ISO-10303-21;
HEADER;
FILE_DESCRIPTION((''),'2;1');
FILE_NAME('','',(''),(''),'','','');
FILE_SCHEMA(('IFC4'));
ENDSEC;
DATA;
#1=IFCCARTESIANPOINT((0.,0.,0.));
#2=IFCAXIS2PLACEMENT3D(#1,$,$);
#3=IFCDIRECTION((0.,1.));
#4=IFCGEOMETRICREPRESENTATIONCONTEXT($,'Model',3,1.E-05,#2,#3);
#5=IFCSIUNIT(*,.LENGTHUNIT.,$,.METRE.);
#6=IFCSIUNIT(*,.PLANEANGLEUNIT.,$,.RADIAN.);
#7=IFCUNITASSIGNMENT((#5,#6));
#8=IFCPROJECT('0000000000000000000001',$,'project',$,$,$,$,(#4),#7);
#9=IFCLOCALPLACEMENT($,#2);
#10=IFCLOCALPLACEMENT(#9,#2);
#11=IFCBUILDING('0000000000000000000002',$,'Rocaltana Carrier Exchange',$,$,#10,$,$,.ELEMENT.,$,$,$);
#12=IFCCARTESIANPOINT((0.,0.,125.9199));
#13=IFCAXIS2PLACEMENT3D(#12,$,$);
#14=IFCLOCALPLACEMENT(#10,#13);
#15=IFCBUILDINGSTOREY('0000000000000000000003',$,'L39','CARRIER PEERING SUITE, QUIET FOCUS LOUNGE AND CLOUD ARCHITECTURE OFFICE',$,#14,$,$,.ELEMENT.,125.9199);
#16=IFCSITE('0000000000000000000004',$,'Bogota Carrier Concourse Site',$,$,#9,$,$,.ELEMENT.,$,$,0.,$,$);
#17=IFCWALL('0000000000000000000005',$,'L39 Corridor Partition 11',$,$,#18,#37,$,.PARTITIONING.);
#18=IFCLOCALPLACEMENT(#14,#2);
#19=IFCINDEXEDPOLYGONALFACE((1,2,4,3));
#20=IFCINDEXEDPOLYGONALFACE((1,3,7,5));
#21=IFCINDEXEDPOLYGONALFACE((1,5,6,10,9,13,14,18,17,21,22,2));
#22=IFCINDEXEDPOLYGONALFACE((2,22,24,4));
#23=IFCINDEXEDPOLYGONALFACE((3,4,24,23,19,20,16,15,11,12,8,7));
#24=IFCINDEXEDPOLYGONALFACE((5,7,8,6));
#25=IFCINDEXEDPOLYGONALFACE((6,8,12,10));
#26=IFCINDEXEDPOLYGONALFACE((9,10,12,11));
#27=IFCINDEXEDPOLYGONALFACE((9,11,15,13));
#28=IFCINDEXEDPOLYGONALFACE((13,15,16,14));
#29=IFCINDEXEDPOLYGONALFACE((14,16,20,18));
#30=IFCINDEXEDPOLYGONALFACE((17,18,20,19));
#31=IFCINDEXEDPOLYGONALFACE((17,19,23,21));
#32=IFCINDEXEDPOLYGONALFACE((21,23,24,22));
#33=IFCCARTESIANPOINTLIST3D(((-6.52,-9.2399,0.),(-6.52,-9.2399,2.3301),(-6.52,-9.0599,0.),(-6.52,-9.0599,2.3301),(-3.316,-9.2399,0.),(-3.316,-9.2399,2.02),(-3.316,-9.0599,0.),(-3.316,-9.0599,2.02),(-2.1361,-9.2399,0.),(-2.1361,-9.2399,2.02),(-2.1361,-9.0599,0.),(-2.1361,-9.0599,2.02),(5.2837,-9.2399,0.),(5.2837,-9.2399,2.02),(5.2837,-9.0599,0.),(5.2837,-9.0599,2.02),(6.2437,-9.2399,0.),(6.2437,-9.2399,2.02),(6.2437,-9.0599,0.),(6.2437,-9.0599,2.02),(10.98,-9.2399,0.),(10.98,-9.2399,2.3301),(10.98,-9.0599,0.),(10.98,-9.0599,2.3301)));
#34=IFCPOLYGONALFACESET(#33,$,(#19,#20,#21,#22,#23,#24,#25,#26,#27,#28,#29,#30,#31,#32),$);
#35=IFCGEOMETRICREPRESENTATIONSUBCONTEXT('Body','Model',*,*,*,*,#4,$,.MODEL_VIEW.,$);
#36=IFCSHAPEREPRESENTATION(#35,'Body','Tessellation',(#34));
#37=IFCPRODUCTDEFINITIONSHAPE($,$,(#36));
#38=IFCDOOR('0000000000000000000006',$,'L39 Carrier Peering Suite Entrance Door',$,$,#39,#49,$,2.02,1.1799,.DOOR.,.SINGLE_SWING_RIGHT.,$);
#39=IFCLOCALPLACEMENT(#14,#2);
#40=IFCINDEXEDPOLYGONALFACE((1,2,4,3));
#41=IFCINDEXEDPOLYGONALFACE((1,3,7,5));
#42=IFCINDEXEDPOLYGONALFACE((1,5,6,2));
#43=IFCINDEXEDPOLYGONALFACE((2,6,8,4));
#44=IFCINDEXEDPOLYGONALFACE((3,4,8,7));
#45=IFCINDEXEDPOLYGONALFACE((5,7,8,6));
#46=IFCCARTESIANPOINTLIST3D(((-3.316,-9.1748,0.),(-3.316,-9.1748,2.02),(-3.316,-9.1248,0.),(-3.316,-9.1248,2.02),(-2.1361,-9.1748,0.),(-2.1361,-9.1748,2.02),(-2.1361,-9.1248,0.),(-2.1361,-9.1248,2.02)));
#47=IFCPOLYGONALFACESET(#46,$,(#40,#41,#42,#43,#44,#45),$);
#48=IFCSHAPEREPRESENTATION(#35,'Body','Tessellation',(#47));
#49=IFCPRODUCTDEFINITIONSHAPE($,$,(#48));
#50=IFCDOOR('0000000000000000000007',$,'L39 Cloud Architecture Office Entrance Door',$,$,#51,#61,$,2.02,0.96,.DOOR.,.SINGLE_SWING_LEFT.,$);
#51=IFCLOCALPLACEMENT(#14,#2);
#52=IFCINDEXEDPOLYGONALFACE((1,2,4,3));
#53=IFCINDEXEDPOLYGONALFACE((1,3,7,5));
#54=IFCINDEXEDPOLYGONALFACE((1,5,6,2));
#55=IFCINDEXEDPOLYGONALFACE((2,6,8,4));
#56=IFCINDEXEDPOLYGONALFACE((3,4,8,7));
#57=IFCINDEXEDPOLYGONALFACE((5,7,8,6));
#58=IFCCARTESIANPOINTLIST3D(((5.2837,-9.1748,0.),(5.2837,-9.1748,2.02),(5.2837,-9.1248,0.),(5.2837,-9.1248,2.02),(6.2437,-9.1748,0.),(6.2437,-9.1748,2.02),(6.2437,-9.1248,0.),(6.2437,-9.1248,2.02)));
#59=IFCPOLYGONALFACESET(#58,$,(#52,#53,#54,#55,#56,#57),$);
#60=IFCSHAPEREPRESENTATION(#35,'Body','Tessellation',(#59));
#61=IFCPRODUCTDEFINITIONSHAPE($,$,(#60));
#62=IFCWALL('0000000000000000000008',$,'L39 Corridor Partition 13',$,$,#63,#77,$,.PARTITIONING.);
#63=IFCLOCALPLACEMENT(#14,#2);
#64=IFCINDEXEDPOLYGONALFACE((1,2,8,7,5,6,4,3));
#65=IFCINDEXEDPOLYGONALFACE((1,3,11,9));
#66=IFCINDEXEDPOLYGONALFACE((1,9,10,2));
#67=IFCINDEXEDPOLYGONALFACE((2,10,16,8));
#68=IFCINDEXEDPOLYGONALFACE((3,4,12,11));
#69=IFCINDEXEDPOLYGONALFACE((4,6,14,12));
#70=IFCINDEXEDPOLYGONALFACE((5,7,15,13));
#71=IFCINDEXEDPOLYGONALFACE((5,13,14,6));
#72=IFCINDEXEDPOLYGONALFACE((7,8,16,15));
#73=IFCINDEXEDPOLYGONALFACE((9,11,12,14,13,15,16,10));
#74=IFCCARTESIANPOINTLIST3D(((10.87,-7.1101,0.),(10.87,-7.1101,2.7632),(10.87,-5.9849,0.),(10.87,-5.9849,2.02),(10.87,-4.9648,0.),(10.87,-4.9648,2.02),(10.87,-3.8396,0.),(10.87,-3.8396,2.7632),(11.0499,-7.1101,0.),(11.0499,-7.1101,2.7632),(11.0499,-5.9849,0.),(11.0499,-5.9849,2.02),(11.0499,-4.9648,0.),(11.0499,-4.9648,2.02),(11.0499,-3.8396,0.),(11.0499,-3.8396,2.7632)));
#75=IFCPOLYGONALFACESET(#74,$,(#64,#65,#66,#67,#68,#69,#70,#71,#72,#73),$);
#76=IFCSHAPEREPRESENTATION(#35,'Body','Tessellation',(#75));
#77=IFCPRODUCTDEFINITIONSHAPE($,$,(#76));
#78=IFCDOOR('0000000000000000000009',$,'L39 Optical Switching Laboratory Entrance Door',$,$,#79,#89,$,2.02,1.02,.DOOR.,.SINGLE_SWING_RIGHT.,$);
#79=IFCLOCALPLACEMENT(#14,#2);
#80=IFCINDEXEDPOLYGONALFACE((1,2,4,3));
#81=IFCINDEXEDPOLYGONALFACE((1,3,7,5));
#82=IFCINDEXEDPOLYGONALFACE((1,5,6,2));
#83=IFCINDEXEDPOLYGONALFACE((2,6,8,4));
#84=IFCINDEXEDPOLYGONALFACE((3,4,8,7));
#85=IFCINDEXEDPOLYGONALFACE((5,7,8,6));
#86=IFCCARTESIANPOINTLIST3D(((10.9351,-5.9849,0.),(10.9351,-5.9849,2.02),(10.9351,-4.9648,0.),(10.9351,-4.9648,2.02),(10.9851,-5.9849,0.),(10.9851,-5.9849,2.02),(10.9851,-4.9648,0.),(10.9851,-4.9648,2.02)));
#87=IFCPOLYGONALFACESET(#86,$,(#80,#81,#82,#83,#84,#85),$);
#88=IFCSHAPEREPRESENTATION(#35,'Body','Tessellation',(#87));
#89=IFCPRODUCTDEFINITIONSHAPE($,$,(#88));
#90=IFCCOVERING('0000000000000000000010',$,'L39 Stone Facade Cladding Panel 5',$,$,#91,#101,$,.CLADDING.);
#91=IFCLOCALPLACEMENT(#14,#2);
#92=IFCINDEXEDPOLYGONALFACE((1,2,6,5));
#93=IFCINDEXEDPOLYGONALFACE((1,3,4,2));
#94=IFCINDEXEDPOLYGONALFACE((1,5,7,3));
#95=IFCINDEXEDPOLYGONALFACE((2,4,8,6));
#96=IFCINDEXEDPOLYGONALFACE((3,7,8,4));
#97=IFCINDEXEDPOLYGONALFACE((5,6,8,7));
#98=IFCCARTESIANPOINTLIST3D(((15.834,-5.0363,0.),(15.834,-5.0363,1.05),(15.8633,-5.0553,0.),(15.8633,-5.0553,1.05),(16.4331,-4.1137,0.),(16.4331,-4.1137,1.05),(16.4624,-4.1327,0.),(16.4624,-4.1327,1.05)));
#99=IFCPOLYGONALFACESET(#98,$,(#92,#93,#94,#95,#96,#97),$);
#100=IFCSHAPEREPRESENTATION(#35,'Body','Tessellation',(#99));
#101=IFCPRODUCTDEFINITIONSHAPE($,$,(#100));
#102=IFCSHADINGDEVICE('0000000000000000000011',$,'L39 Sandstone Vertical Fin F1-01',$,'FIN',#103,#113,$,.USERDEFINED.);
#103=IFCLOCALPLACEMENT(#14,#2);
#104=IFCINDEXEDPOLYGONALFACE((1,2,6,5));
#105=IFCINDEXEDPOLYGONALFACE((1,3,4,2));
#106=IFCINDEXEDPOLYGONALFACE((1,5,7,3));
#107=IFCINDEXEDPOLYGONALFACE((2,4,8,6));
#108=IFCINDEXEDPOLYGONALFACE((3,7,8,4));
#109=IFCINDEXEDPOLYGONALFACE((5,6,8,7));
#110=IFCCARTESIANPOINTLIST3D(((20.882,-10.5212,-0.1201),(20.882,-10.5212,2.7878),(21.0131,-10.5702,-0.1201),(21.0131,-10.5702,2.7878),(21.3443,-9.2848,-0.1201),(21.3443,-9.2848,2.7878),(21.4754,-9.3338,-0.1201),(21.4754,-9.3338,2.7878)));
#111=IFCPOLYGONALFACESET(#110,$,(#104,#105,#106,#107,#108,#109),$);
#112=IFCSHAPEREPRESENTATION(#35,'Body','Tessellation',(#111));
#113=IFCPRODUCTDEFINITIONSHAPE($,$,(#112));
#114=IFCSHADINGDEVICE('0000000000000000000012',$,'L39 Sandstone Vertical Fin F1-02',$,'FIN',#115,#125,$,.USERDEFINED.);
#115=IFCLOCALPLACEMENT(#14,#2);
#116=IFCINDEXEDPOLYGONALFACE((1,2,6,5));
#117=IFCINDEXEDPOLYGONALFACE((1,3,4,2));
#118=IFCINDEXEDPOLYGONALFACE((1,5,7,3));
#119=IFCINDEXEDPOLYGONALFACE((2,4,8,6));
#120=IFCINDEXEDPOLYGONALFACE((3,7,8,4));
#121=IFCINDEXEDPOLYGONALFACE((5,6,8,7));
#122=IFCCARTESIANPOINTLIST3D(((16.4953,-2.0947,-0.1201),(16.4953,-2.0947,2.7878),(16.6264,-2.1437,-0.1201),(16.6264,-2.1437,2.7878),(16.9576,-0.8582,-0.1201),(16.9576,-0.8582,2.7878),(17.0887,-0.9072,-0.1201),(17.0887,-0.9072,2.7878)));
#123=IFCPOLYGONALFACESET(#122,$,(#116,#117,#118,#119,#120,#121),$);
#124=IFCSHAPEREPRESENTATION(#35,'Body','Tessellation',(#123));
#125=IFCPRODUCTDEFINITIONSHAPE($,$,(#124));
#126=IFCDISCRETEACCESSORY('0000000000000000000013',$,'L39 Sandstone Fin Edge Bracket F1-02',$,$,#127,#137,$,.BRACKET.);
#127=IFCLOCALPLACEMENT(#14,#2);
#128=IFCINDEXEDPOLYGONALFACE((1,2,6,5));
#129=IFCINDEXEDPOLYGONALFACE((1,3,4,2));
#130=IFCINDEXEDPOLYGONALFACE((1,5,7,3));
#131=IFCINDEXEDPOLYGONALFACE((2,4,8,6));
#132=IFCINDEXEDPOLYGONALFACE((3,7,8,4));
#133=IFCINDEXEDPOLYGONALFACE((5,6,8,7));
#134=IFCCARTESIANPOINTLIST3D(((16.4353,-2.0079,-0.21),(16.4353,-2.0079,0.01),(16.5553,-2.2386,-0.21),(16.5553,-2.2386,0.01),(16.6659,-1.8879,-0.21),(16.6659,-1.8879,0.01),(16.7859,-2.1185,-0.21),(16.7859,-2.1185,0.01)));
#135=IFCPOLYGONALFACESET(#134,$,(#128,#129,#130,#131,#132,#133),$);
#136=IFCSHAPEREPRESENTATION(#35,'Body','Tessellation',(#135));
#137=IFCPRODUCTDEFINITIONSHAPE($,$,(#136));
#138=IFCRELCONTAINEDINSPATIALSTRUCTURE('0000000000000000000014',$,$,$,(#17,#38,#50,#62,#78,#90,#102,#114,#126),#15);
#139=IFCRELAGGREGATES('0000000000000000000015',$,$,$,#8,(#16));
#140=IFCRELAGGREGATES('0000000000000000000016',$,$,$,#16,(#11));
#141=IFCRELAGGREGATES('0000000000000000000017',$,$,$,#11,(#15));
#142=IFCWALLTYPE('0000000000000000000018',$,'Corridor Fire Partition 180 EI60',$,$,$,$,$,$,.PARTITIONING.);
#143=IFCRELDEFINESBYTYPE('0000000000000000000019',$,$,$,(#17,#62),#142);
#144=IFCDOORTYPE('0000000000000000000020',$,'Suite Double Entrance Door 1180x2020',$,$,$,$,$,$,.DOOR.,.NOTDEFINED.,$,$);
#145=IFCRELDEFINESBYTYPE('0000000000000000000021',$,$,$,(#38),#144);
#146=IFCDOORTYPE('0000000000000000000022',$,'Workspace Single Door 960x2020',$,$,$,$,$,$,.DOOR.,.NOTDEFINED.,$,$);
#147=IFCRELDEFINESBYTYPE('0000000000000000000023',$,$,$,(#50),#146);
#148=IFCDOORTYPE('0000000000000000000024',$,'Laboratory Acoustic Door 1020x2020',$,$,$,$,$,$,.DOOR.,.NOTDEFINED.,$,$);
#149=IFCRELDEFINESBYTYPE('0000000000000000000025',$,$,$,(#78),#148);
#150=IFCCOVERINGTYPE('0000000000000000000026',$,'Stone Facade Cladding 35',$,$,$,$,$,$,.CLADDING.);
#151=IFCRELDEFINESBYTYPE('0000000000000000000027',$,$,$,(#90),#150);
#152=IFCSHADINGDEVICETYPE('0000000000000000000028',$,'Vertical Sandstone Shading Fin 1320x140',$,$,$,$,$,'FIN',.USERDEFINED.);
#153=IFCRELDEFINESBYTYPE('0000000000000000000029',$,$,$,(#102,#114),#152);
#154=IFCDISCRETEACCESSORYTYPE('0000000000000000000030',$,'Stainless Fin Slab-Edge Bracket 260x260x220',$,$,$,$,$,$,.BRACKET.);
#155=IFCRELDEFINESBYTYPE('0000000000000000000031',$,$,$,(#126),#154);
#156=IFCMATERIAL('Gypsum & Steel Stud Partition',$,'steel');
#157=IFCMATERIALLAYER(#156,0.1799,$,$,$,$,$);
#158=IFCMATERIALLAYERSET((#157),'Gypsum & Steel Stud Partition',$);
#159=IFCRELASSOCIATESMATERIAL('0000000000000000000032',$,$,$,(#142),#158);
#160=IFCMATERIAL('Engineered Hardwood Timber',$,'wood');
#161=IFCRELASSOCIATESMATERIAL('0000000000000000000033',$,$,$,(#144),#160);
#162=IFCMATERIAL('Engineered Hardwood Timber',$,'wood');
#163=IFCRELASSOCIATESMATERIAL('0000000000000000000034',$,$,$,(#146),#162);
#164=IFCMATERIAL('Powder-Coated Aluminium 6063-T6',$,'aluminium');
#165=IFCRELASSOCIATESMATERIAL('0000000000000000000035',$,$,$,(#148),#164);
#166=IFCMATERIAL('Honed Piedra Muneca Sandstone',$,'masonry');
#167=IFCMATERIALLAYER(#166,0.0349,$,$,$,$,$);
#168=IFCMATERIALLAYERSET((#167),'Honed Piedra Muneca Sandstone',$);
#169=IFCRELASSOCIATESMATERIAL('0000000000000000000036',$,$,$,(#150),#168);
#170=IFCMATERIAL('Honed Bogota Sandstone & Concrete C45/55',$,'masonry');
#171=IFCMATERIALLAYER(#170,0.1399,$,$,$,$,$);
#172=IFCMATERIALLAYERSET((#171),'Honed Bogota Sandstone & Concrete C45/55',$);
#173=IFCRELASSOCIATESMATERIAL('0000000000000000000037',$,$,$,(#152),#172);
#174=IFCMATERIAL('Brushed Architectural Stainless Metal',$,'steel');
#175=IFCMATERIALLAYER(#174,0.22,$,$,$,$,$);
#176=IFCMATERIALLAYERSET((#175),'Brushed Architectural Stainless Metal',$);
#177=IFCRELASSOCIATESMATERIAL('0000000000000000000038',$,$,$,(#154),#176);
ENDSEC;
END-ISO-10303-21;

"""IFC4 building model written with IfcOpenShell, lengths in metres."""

from ifc_helpers import new_model, si_unit, direction, frame, frame_2d, origin, origin_2d, place, context, subcontext, project, spatial, rectangle, extrude, material, layer, layer_set, type_object, element, fill, save


model = new_model("IFC4")

# Units and contexts
model_context = context("Model", 3, precision=1e-05, world=origin(), true_north=direction((0.0, 1.0)))
body_context = subcontext(model_context, "Body", "Model", "MODEL_VIEW")
ifc_project = project(units=[si_unit("LENGTHUNIT", "METRE"), si_unit("PLANEANGLEUNIT", "RADIAN")], contexts=[model_context])

# Site, building, storey
site_placement = place(None, origin())
site = spatial("IfcSite", under=ifc_project, at=site_placement, Name="Bogota Carrier Concourse Site", CompositionType="ELEMENT", RefElevation=0.0)
building_placement = place(site_placement, origin())
building = spatial("IfcBuilding", under=site, at=building_placement, Name="Rocaltana Carrier Exchange", CompositionType="ELEMENT")
storey_placement = place(building_placement, frame((0.0, 0.0, 125.9199)))
storey = spatial("IfcBuildingStorey", under=building, at=storey_placement, Name="L39", Description="CARRIER PEERING SUITE, QUIET FOCUS LOUNGE AND CLOUD ARCHITECTURE OFFICE", CompositionType="ELEMENT", Elevation=125.9199)

# Shared definitions
ifc_material_1 = material(Name="Gypsum & Steel Stud Partition", Category="steel")
ifc_layer_1 = layer(ifc_material_1, 0.1799)
ifc_layer_set_1 = layer_set([ifc_layer_1], Name="Gypsum & Steel Stud Partition")
wall_type_1 = type_object("IfcWallType", Name="Corridor Fire Partition 180 EI60", PredefinedType="PARTITIONING", material=ifc_layer_set_1)

# Wall, openings, doors
wall_1_placement = place(storey_placement, frame((10.98, -9.1499, 0.0), z_axis=(0.0, 0.0, 1.0), x_axis=(-1.0, 0.0, 0.0)))
wall_1 = element("IfcWall", 1, at=wall_1_placement, inside=storey, type_object=wall_type_1, Name="L39 Corridor Partition 11", PredefinedType="PARTITIONING", context=body_context, shape_type="SweptSolid", body=[
    extrude(rectangle(XDim=17.5, YDim=0.1799, at=frame_2d((8.75, 0.0))), origin(), (0.0, 0.0, 1.0), 2.3301),
])
opening_1_placement = place(wall_1_placement, frame((13.1162, 0.0, 0.0)))
opening_1 = element("IfcOpeningElement", 2, at=opening_1_placement, cuts=wall_1, PredefinedType="OPENING", context=body_context, shape_type="SweptSolid", body=[
    extrude(rectangle(XDim=1.1799, YDim=2.02, at=frame_2d((0.5898, 1.01))), frame((0.0, 0.0999, 0.0), z_axis=(0.0, -1.0, 0.0), x_axis=(1.0, 0.0, 0.0)), (0.0, 0.0, 1.0), 0.2),
])
opening_2_placement = place(wall_1_placement, frame((4.7363, 0.0, 0.0)))
opening_2 = element("IfcOpeningElement", 3, at=opening_2_placement, cuts=wall_1, PredefinedType="OPENING", context=body_context, shape_type="SweptSolid", body=[
    extrude(rectangle(XDim=0.96, YDim=2.02, at=frame_2d((0.48, 1.01))), frame((0.0, 0.0999, 0.0), z_axis=(0.0, -1.0, 0.0), x_axis=(1.0, 0.0, 0.0)), (0.0, 0.0, 1.0), 0.2),
])
ifc_material_2 = material(Name="Engineered Hardwood Timber", Category="wood")
door_type_1 = type_object("IfcDoorType", Name="Suite Double Entrance Door 1180x2020", OperationType="NOTDEFINED", PredefinedType="DOOR", material=ifc_material_2)
door_1_placement = place(opening_1_placement, origin())
door_1 = element("IfcDoor", 4, at=door_1_placement, inside=storey, type_object=door_type_1, Name="L39 Carrier Peering Suite Entrance Door", OperationType="SINGLE_SWING_RIGHT", OverallHeight=2.02, OverallWidth=1.1799, PredefinedType="DOOR", context=body_context, shape_type="SweptSolid", body=[
    extrude(rectangle(XDim=1.1799, YDim=2.02, at=frame_2d((0.5898, 1.01))), frame((0.0, 0.0249, 0.0), z_axis=(0.0, -1.0, 0.0), x_axis=(1.0, 0.0, 0.0)), (0.0, 0.0, 1.0), 0.05),
])
fill(opening_1, door_1)
ifc_material_3 = material(Name="Engineered Hardwood Timber", Category="wood")
door_type_2 = type_object("IfcDoorType", Name="Workspace Single Door 960x2020", OperationType="NOTDEFINED", PredefinedType="DOOR", material=ifc_material_3)
door_2_placement = place(opening_2_placement, origin())
door_2 = element("IfcDoor", 5, at=door_2_placement, inside=storey, type_object=door_type_2, Name="L39 Cloud Architecture Office Entrance Door", OperationType="SINGLE_SWING_LEFT", OverallHeight=2.02, OverallWidth=0.96, PredefinedType="DOOR", context=body_context, shape_type="SweptSolid", body=[
    extrude(rectangle(XDim=0.96, YDim=2.02, at=frame_2d((0.48, 1.01))), frame((0.0, 0.0249, 0.0), z_axis=(0.0, -1.0, 0.0), x_axis=(1.0, 0.0, 0.0)), (0.0, 0.0, 1.0), 0.05),
])
fill(opening_2, door_2)

# Wall, opening, door
wall_2_placement = place(storey_placement, frame((10.96, -7.1101, 0.0), z_axis=(0.0, 0.0, 1.0), x_axis=(0.0, 1.0, 0.0)))
wall_2 = element("IfcWall", 6, at=wall_2_placement, inside=storey, type_object=wall_type_1, Name="L39 Corridor Partition 13", PredefinedType="PARTITIONING", context=body_context, shape_type="SweptSolid", body=[
    extrude(rectangle(XDim=3.2705, YDim=0.1799, at=frame_2d((1.6353, 0.0))), origin(), (0.0, 0.0, 1.0), 2.7632),
])
opening_3_placement = place(wall_2_placement, frame((1.1252, 0.0, 0.0)))
opening_3 = element("IfcOpeningElement", 7, at=opening_3_placement, cuts=wall_2, PredefinedType="OPENING", context=body_context, shape_type="SweptSolid", body=[
    extrude(rectangle(XDim=1.02, YDim=2.02, at=frame_2d((0.51, 1.01))), frame((0.0, 0.0999, 0.0), z_axis=(0.0, -1.0, 0.0), x_axis=(1.0, 0.0, 0.0)), (0.0, 0.0, 1.0), 0.2),
])
ifc_material_4 = material(Name="Powder-Coated Aluminium 6063-T6", Category="aluminium")
door_type_3 = type_object("IfcDoorType", Name="Laboratory Acoustic Door 1020x2020", OperationType="NOTDEFINED", PredefinedType="DOOR", material=ifc_material_4)
door_3_placement = place(opening_3_placement, origin())
door_3 = element("IfcDoor", 8, at=door_3_placement, inside=storey, type_object=door_type_3, Name="L39 Optical Switching Laboratory Entrance Door", OperationType="SINGLE_SWING_RIGHT", OverallHeight=2.02, OverallWidth=1.02, PredefinedType="DOOR", context=body_context, shape_type="SweptSolid", body=[
    extrude(rectangle(XDim=1.02, YDim=2.02, at=frame_2d((0.51, 1.01))), frame((0.0, 0.0249, 0.0), z_axis=(0.0, -1.0, 0.0), x_axis=(1.0, 0.0, 0.0)), (0.0, 0.0, 1.0), 0.05),
])
fill(opening_3, door_3)

# Covering
ifc_material_5 = material(Name="Honed Piedra Muneca Sandstone", Category="masonry")
ifc_layer_2 = layer(ifc_material_5, 0.0349)
ifc_layer_set_2 = layer_set([ifc_layer_2], Name="Honed Piedra Muneca Sandstone")
covering_type = type_object("IfcCoveringType", Name="Stone Facade Cladding 35", PredefinedType="CLADDING", material=ifc_layer_set_2)
covering_placement = place(storey_placement, frame((16.1482, -4.5845, 0.0), z_axis=(0.0, 0.0, 1.0), x_axis=(0.544639, 0.838671, 0.0)))
element("IfcCovering", 9, at=covering_placement, inside=storey, type_object=covering_type, Name="L39 Stone Facade Cladding Panel 5", PredefinedType="CLADDING", context=body_context, shape_type="SweptSolid", body=[
    extrude(rectangle(XDim=1.1001, YDim=0.0349, at=origin_2d()), origin(), (0.0, 0.0, 1.0), 1.05),
])

# Shading devices
ifc_material_6 = material(Name="Honed Bogota Sandstone & Concrete C45/55", Category="masonry")
ifc_layer_3 = layer(ifc_material_6, 0.1399)
ifc_layer_set_3 = layer_set([ifc_layer_3], Name="Honed Bogota Sandstone & Concrete C45/55")
shading_device_type = type_object("IfcShadingDeviceType", Name="Vertical Sandstone Shading Fin 1320x140", ElementType="FIN", PredefinedType="USERDEFINED", material=ifc_layer_set_3)
for number, where, z_axis, x_axis, name in (
    (10, (21.1787, -9.9275, -0.1201), (0.0, 0.0, 1.0), (0.350207, 0.936672, 0.0), "L39 Sandstone Vertical Fin F1-01"),
    (11, (16.792, -1.501, -0.1201), (0.0, 0.0, 1.0), (0.350207, 0.936672, 0.0), "L39 Sandstone Vertical Fin F1-02"),
):
    element("IfcShadingDevice", number, at=place(storey_placement, frame(where, z_axis=z_axis, x_axis=x_axis)), inside=storey, type_object=shading_device_type, Name=name, ObjectType="FIN", PredefinedType="USERDEFINED", context=body_context, shape_type="SweptSolid", body=[
        extrude(rectangle(XDim=1.3201, YDim=0.1399, at=origin_2d()), origin(), (0.0, 0.0, 1.0), 2.908),
    ])

# Discrete accessory
ifc_material_7 = material(Name="Brushed Architectural Stainless Metal", Category="steel")
ifc_layer_4 = layer(ifc_material_7, 0.22)
ifc_layer_set_4 = layer_set([ifc_layer_4], Name="Brushed Architectural Stainless Metal")
discrete_accessory_type = type_object("IfcDiscreteAccessoryType", Name="Stainless Fin Slab-Edge Bracket 260x260x220", PredefinedType="BRACKET", material=ifc_layer_set_4)
discrete_accessory_placement = place(storey_placement, frame((16.6106, -2.0632, -0.21), z_axis=(0.0, 0.0, 1.0), x_axis=(-0.461749, 0.887011, 0.0)))
element("IfcDiscreteAccessory", 12, at=discrete_accessory_placement, inside=storey, type_object=discrete_accessory_type, Name="L39 Sandstone Fin Edge Bracket F1-02", PredefinedType="BRACKET", context=body_context, shape_type="SweptSolid", body=[
    extrude(rectangle(XDim=0.26, YDim=0.26, at=origin_2d()), origin(), (0.0, 0.0, 1.0), 0.22),
])

save(model, "model.ifc")
